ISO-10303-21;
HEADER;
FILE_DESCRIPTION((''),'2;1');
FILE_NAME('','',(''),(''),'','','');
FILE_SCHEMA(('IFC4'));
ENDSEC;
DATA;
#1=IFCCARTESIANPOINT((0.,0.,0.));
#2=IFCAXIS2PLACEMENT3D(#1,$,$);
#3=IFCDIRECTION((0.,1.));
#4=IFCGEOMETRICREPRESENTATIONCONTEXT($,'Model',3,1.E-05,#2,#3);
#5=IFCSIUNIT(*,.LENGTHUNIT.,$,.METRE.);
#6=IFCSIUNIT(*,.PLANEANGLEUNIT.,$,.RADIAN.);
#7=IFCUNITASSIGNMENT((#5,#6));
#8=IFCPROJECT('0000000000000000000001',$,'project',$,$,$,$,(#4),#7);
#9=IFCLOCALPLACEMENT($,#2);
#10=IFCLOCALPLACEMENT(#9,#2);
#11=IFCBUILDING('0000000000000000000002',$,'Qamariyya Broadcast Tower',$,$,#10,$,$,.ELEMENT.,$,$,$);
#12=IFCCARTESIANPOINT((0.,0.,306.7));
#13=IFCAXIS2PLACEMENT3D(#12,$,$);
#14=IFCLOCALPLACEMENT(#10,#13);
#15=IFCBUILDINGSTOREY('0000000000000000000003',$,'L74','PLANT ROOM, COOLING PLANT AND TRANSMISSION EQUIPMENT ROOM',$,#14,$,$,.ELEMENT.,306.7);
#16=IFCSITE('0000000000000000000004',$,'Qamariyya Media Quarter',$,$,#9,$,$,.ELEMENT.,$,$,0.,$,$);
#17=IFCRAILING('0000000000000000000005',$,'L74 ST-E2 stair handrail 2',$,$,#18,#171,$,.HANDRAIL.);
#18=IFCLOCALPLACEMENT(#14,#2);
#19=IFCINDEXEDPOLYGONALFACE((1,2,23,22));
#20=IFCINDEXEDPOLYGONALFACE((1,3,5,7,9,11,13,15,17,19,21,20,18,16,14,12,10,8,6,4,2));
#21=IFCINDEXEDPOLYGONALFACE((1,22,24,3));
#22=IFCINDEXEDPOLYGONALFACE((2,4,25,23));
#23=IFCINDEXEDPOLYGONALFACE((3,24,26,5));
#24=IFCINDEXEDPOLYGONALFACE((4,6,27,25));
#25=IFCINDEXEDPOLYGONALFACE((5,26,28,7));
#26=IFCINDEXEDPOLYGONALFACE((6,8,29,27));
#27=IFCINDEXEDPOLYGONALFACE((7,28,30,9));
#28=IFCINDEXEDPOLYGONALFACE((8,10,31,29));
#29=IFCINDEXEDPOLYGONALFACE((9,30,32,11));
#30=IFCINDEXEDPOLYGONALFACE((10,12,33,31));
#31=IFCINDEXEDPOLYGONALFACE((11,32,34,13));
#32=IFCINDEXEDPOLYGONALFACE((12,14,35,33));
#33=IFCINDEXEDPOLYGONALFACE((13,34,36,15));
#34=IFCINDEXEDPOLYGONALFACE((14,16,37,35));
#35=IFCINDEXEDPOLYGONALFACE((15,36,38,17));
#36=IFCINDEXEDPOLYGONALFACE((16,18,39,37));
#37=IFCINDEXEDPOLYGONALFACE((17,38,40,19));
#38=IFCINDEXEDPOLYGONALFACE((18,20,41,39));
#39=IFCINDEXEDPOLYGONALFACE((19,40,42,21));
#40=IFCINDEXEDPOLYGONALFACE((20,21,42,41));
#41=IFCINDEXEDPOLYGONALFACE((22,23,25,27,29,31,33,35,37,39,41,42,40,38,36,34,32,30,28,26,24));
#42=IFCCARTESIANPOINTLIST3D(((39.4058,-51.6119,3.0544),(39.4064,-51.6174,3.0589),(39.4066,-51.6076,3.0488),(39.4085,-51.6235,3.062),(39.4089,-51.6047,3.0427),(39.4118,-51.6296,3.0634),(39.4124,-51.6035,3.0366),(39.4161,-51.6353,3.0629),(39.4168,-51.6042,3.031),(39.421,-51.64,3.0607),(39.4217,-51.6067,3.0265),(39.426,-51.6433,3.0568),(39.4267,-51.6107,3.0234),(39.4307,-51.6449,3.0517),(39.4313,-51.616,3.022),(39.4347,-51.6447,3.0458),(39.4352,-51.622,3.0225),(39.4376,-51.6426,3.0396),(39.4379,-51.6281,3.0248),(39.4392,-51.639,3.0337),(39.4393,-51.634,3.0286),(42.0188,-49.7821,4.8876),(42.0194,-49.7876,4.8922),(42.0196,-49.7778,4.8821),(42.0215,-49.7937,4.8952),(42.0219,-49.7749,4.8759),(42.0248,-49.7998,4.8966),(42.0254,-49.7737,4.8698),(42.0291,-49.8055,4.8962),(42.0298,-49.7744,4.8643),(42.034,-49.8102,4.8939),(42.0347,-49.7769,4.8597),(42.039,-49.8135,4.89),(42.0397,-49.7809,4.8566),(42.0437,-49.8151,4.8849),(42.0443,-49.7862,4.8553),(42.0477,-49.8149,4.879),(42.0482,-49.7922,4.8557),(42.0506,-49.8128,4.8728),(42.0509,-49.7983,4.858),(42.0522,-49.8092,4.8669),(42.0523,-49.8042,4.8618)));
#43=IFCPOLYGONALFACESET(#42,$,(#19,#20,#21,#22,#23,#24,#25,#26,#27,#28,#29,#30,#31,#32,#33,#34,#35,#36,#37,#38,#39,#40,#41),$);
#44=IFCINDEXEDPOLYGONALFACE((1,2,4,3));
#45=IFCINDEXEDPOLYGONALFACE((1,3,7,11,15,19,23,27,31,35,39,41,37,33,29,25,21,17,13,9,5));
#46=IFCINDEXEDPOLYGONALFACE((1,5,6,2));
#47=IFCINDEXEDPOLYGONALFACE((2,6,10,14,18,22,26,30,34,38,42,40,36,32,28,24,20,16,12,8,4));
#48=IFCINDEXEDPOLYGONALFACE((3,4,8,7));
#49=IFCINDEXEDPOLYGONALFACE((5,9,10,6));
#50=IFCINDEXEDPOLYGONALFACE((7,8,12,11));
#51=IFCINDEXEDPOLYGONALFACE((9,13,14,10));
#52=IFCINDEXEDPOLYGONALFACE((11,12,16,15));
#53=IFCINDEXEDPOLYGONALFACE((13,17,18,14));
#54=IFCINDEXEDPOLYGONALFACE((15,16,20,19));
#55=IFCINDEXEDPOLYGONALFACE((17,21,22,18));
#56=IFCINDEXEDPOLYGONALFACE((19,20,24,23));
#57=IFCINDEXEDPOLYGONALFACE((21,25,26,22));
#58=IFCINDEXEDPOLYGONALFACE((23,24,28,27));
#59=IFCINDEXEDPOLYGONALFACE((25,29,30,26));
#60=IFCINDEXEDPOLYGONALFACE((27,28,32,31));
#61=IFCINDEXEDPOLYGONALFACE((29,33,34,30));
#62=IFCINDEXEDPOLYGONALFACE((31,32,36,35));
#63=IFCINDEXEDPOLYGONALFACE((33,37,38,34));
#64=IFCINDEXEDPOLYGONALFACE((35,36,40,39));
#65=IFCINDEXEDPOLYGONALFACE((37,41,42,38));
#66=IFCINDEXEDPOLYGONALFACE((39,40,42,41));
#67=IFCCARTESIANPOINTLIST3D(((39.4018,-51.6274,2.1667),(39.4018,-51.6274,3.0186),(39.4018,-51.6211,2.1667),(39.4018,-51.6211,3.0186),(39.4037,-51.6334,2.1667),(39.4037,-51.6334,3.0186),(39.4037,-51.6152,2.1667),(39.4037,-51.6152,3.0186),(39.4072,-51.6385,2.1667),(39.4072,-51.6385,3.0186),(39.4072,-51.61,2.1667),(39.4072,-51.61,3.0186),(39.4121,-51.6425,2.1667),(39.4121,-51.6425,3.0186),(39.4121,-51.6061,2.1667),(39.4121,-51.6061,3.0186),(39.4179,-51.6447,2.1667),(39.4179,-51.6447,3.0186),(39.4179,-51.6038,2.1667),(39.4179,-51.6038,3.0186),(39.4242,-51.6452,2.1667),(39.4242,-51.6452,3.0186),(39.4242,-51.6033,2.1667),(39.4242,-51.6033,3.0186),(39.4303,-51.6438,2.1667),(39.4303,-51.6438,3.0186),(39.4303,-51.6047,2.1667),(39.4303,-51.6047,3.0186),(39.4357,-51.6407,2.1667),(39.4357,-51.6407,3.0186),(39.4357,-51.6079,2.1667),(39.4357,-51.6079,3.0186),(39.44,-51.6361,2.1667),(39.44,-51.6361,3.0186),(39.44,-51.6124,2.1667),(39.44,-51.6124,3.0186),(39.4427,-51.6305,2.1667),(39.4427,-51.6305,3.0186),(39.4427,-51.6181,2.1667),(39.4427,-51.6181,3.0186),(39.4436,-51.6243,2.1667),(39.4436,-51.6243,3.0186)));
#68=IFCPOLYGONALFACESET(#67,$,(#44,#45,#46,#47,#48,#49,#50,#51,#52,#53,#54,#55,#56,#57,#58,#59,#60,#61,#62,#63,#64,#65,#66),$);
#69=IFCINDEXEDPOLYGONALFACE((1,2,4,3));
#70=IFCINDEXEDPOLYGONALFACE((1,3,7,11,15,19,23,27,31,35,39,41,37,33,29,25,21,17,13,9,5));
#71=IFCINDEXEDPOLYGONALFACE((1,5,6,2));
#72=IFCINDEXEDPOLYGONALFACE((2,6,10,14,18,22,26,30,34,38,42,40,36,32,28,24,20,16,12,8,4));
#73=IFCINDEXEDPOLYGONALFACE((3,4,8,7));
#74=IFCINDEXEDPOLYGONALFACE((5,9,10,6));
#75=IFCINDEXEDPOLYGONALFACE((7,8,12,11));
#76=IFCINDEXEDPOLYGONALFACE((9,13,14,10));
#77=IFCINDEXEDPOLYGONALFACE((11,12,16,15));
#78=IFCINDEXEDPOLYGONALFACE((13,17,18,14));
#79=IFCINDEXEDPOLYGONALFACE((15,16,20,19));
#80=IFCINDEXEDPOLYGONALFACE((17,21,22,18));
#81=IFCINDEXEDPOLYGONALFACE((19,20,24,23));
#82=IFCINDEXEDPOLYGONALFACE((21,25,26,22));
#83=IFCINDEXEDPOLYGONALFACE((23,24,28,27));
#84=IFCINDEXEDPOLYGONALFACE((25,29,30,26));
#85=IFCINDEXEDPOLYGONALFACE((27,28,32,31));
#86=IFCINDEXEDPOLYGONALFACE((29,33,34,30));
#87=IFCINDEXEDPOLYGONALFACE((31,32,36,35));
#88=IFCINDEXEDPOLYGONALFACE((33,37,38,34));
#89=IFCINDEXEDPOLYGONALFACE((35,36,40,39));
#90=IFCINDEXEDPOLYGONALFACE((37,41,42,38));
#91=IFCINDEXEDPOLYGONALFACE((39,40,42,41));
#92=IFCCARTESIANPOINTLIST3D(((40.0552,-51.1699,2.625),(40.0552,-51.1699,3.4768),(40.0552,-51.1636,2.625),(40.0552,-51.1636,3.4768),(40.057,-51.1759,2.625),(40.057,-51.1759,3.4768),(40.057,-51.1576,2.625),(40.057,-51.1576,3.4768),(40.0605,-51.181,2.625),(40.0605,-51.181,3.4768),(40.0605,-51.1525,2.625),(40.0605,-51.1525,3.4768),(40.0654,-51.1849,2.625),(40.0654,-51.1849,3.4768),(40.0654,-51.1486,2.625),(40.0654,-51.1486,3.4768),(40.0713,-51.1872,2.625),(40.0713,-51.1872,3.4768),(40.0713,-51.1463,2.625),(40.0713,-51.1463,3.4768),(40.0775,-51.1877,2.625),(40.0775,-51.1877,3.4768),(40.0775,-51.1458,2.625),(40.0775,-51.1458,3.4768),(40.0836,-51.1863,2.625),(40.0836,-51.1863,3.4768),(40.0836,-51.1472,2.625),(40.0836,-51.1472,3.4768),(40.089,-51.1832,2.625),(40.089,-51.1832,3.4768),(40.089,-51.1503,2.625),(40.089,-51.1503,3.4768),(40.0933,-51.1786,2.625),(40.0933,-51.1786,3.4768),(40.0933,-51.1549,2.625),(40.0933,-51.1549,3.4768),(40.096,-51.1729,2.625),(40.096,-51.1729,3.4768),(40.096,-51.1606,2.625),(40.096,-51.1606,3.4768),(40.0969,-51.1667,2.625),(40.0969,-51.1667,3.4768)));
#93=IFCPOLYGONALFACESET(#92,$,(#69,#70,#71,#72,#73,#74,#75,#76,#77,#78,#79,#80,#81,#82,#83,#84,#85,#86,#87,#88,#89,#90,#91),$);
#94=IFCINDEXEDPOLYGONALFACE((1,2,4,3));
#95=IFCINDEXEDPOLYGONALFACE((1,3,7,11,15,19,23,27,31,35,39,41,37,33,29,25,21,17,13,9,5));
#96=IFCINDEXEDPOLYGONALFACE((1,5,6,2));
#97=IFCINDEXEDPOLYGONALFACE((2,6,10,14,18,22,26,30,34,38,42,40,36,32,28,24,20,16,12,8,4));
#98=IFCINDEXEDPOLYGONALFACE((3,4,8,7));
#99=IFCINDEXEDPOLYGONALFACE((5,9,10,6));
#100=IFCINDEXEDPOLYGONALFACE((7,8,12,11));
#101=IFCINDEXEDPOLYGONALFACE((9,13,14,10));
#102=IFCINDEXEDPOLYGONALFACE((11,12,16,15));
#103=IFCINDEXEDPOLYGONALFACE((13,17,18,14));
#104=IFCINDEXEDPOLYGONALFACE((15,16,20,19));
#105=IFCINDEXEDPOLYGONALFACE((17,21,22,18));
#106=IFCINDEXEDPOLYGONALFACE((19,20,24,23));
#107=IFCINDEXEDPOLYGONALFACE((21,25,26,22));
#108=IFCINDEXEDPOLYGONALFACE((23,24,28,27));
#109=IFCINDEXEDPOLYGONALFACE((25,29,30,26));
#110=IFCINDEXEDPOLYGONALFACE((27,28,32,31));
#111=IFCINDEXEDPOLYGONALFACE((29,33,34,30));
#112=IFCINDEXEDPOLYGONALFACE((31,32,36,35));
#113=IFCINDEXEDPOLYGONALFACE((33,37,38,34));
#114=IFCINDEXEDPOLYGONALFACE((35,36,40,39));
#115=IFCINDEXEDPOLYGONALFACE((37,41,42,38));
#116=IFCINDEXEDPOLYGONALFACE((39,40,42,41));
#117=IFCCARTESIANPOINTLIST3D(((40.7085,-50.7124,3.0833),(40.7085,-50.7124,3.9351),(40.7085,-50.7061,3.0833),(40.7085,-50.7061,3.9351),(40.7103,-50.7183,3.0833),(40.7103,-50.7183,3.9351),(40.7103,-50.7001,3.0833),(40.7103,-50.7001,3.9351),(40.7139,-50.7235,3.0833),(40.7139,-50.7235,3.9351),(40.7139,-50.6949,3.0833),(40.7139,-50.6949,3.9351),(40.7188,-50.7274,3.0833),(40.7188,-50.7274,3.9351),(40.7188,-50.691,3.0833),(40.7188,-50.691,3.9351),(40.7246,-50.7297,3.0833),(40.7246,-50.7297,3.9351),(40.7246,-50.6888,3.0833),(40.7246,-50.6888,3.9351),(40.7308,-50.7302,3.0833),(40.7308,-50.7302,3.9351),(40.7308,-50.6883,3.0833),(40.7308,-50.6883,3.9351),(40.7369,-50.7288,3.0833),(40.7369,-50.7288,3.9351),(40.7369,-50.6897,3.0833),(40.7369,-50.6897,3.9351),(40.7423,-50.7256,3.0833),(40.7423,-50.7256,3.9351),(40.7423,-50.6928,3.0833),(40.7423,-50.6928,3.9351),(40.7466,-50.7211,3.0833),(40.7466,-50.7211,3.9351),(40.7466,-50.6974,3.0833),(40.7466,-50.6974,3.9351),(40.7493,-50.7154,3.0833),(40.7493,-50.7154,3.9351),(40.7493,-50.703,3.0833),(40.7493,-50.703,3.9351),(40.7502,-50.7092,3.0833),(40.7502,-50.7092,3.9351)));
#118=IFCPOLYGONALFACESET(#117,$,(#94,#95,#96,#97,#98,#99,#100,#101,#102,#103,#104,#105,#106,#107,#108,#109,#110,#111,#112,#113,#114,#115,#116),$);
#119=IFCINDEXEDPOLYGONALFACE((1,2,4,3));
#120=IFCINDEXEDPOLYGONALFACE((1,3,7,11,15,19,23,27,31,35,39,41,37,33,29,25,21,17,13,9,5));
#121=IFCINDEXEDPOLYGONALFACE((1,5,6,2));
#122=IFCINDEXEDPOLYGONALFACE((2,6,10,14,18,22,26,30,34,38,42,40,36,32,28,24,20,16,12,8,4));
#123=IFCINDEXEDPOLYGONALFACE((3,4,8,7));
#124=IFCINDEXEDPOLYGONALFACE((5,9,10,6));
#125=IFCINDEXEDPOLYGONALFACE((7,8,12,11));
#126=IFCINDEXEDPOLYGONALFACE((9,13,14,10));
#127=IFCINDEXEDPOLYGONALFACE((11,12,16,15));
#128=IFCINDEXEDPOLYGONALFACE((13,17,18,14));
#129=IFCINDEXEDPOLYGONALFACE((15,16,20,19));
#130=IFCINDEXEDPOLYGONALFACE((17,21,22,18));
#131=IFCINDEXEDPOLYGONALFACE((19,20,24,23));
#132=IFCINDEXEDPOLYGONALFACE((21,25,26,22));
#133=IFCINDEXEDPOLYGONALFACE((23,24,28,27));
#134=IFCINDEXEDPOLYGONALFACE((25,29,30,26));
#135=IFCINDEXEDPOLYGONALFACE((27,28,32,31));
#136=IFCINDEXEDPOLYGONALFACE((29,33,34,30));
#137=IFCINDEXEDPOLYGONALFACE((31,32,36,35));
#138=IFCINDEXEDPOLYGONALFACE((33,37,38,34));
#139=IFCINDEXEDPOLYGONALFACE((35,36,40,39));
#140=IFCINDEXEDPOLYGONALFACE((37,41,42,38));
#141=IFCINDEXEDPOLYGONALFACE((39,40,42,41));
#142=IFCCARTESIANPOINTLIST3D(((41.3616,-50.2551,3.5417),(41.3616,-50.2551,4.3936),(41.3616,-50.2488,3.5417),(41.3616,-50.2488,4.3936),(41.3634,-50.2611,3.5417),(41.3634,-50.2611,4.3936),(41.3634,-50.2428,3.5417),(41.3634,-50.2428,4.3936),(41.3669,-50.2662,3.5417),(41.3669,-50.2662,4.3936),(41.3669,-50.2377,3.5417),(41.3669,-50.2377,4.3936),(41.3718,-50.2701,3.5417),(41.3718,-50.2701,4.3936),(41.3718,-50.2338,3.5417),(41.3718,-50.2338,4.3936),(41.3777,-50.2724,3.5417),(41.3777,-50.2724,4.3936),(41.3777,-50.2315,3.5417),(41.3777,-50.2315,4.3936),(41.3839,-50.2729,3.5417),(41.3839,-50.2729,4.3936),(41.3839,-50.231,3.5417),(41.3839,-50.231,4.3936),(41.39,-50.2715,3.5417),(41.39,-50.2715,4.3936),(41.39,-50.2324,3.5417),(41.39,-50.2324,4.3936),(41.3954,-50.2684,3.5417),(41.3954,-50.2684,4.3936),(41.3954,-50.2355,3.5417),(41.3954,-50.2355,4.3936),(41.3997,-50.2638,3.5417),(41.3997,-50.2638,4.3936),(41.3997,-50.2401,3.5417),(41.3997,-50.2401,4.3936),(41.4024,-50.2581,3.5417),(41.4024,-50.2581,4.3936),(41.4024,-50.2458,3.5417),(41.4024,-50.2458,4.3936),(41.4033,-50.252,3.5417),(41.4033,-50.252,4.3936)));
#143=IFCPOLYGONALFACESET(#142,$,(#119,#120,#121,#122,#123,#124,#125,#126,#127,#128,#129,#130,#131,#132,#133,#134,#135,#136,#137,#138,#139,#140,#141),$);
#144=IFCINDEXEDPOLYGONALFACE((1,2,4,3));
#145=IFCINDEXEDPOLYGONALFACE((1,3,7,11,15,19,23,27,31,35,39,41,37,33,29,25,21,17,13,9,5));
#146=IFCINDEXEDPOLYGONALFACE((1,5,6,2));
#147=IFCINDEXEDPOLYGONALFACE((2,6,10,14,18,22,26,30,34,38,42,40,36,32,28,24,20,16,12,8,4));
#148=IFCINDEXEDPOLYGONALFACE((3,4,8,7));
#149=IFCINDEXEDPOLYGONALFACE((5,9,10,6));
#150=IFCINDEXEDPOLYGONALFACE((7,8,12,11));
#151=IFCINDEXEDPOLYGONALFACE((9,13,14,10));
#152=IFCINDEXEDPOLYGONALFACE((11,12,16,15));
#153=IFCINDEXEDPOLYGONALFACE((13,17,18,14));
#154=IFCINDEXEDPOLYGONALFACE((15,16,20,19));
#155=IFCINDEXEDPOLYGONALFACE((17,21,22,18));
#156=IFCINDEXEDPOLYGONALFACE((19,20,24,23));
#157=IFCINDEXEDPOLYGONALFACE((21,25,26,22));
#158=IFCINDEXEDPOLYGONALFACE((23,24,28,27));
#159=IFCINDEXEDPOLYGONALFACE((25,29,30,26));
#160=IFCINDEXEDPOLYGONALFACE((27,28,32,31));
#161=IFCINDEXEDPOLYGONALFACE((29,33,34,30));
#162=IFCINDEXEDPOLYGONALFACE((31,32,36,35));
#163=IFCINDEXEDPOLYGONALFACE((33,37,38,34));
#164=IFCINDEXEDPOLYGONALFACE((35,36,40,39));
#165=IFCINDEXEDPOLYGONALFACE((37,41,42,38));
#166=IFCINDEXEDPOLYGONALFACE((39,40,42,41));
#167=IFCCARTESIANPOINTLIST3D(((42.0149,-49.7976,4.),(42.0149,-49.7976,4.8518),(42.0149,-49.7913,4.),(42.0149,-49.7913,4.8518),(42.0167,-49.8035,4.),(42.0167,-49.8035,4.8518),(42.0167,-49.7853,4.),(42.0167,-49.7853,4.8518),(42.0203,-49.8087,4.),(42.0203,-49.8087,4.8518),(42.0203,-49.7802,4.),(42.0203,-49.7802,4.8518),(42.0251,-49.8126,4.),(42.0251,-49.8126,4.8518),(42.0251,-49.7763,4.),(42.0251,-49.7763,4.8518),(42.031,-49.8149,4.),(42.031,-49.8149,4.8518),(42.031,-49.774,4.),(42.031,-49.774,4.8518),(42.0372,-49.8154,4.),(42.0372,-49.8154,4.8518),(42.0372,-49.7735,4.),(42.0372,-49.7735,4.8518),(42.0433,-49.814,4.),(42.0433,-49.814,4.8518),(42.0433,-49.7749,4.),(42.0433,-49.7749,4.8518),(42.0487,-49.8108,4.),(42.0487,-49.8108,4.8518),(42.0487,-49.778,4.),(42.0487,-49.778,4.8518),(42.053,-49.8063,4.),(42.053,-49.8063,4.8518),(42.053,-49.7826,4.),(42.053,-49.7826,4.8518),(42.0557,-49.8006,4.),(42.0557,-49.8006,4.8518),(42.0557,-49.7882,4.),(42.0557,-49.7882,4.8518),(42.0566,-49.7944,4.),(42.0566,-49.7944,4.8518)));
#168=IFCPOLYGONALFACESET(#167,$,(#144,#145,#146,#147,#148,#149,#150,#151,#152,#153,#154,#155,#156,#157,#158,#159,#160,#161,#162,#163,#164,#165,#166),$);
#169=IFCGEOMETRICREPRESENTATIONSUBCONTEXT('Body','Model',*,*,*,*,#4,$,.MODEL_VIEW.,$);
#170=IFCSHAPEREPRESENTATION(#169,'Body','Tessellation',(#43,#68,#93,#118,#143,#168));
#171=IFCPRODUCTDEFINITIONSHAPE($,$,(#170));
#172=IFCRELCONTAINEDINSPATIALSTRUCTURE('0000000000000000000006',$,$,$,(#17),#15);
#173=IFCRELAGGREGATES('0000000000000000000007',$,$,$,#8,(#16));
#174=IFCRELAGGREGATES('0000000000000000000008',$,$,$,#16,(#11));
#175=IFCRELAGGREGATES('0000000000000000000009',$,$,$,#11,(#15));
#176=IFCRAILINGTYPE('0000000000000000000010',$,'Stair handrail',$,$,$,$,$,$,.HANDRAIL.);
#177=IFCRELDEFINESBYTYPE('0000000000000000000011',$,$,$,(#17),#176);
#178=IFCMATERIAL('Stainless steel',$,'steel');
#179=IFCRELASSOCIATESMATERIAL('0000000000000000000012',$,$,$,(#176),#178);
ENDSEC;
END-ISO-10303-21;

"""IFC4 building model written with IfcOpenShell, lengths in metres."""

from ifc_helpers import new_model, si_unit, direction, frame, origin, origin_2d, place, context, subcontext, project, spatial, circle, extrude, material, type_object, element, save


model = new_model("IFC4")

# Units and contexts
model_context = context("Model", 3, precision=1e-05, world=origin(), true_north=direction((0.0, 1.0)))
body_context = subcontext(model_context, "Body", "Model", "MODEL_VIEW")
ifc_project = project(units=[si_unit("LENGTHUNIT", "METRE"), si_unit("PLANEANGLEUNIT", "RADIAN")], contexts=[model_context])

# Site, building, storey
site_placement = place(None, origin())
site = spatial("IfcSite", under=ifc_project, at=site_placement, Name="Qamariyya Media Quarter", CompositionType="ELEMENT", RefElevation=0.0)
building_placement = place(site_placement, origin())
building = spatial("IfcBuilding", under=site, at=building_placement, Name="Qamariyya Broadcast Tower", CompositionType="ELEMENT")
storey_placement = place(building_placement, frame((0.0, 0.0, 306.7)))
storey = spatial("IfcBuildingStorey", under=building, at=storey_placement, Name="L74", Description="PLANT ROOM, COOLING PLANT AND TRANSMISSION EQUIPMENT ROOM", CompositionType="ELEMENT", Elevation=306.7)

# Railing
ifc_material_1 = material(Name="Stainless steel", Category="steel")
railing_type_1 = type_object("IfcRailingType", Name="Stair handrail", PredefinedType="HANDRAIL", material=ifc_material_1)
railing_1_placement = place(storey_placement, frame((39.4226, -51.6243, 2.1667)))
element("IfcRailing", 1, at=railing_1_placement, inside=storey, type_object=railing_type_1, Name="L74 ST-E2 stair handrail 2", PredefinedType="HANDRAIL", context=body_context, shape_type="SweptSolid", body=[
    extrude(circle(Radius=0.0239, at=origin_2d()), frame((0.0, 0.0, 0.876), z_axis=(0.710204, 0.497335, 0.498264), x_axis=(-0.573611, 0.819128, 0.0)), (0.0, 0.0, 1.0), 3.6792),
    extrude(circle(Radius=0.021, at=origin_2d()), origin(), (0.0, 0.0, 1.0), 0.8518),
    extrude(circle(Radius=0.021, at=origin_2d()), frame((0.6533, 0.4575, 0.4583)), (0.0, 0.0, 1.0), 0.8518),
    extrude(circle(Radius=0.021, at=origin_2d()), frame((1.3066, 0.915, 0.9165)), (0.0, 0.0, 1.0), 0.8518),
    extrude(circle(Radius=0.021, at=origin_2d()), frame((1.9597, 1.3723, 1.375)), (0.0, 0.0, 1.0), 0.8518),
    extrude(circle(Radius=0.021, at=origin_2d()), frame((2.613, 1.8298, 1.8333)), (0.0, 0.0, 1.0), 0.8518),
])

save(model, "model.ifc")
